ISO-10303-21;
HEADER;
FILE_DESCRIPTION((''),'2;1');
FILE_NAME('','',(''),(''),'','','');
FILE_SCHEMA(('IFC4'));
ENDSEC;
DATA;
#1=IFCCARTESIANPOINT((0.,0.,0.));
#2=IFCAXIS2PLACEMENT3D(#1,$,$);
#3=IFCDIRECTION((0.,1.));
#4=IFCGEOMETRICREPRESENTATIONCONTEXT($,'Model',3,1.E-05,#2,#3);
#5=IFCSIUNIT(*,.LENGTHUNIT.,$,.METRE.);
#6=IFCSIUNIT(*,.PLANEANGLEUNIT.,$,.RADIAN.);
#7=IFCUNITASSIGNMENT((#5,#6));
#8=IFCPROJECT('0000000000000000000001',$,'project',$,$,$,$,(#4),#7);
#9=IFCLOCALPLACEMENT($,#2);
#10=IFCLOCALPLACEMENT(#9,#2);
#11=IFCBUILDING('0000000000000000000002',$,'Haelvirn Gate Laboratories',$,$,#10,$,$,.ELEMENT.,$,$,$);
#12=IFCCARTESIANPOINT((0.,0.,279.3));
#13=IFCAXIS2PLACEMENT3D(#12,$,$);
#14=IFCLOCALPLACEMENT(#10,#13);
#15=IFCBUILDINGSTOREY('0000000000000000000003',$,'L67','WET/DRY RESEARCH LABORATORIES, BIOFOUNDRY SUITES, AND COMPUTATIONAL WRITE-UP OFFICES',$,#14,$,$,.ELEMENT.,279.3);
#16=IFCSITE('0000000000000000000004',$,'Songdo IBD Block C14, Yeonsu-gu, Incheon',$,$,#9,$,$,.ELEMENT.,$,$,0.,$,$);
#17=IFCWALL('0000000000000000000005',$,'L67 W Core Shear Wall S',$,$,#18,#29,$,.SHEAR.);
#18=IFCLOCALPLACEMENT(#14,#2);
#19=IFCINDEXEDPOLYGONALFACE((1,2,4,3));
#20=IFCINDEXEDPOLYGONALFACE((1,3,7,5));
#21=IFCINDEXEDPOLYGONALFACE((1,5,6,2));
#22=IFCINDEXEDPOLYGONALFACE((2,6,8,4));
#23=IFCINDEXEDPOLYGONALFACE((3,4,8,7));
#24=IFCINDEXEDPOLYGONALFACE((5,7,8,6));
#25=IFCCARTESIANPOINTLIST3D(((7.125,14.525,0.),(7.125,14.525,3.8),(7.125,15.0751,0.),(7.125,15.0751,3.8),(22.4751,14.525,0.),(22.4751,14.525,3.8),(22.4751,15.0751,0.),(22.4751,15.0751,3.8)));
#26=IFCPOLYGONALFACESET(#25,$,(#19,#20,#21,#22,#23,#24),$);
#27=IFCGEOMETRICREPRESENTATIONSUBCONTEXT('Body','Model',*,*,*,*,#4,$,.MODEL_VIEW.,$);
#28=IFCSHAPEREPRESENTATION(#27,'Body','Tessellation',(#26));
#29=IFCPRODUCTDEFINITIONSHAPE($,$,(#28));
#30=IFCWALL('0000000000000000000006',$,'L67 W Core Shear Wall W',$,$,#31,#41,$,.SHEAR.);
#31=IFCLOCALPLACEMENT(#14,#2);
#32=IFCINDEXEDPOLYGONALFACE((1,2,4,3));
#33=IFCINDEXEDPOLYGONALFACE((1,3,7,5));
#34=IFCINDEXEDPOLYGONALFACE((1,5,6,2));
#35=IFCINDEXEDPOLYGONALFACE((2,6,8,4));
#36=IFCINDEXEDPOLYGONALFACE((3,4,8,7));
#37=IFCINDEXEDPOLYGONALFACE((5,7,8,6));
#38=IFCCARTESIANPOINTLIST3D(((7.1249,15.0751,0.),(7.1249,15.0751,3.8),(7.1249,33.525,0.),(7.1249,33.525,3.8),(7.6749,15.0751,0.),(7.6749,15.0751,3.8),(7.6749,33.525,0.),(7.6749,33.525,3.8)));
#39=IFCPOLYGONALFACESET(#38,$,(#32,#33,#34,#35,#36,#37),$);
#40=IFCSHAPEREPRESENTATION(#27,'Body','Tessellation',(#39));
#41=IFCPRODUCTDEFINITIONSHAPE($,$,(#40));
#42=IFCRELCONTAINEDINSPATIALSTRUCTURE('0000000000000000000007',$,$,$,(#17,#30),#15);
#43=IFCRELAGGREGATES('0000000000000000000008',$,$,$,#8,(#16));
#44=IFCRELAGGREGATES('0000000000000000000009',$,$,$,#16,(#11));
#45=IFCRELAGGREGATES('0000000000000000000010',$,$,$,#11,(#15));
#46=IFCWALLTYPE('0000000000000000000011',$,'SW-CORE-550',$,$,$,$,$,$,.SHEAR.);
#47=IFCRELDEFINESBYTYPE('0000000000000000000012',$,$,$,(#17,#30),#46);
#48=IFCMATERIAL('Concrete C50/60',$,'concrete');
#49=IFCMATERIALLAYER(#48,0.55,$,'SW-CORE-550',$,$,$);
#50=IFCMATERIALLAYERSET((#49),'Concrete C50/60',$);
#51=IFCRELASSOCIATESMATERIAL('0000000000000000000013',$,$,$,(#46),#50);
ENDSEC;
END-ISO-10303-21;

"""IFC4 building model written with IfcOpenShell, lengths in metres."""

from ifc_helpers import new_model, si_unit, direction, frame, frame_2d, origin, place, context, subcontext, project, spatial, rectangle, extrude, material, layer, layer_set, type_object, element, save


model = new_model("IFC4")

# Units and contexts
model_context = context("Model", 3, precision=1e-05, world=origin(), true_north=direction((0.0, 1.0)))
body_context = subcontext(model_context, "Body", "Model", "MODEL_VIEW")
ifc_project = project(units=[si_unit("LENGTHUNIT", "METRE"), si_unit("PLANEANGLEUNIT", "RADIAN")], contexts=[model_context])

# Site, building, storey
site_placement = place(None, origin())
site = spatial("IfcSite", under=ifc_project, at=site_placement, Name="Songdo IBD Block C14, Yeonsu-gu, Incheon", CompositionType="ELEMENT", RefElevation=0.0)
building_placement = place(site_placement, origin())
building = spatial("IfcBuilding", under=site, at=building_placement, Name="Haelvirn Gate Laboratories", CompositionType="ELEMENT")
storey_placement = place(building_placement, frame((0.0, 0.0, 279.3)))
storey = spatial("IfcBuildingStorey", under=building, at=storey_placement, Name="L67", Description="WET/DRY RESEARCH LABORATORIES, BIOFOUNDRY SUITES, AND COMPUTATIONAL WRITE-UP OFFICES", CompositionType="ELEMENT", Elevation=279.3)

# Shared definitions
ifc_material_1 = material(Name="Concrete C50/60", Category="concrete")

# Walls
ifc_layer_1 = layer(ifc_material_1, 0.55, Name="SW-CORE-550")
ifc_layer_set_1 = layer_set([ifc_layer_1], Name="Concrete C50/60")
wall_type_1 = type_object("IfcWallType", Name="SW-CORE-550", PredefinedType="SHEAR", material=ifc_layer_set_1)
wall_1_placement = place(storey_placement, frame((7.125, 14.8, 0.0), z_axis=(0.0, 0.0, 1.0), x_axis=(1.0, 0.0, 0.0)))
element("IfcWall", 1, at=wall_1_placement, inside=storey, type_object=wall_type_1, Name="L67 W Core Shear Wall S", PredefinedType="SHEAR", context=body_context, shape_type="SweptSolid", body=[
    extrude(rectangle(XDim=15.3501, YDim=0.55, at=frame_2d((7.675, 0.0))), origin(), (0.0, 0.0, 1.0), 3.8),
])
wall_2_placement = place(storey_placement, frame((7.3999, 15.075, 0.0), z_axis=(0.0, 0.0, 1.0), x_axis=(0.0, 1.0, 0.0)))
element("IfcWall", 2, at=wall_2_placement, inside=storey, type_object=wall_type_1, Name="L67 W Core Shear Wall W", PredefinedType="SHEAR", context=body_context, shape_type="SweptSolid", body=[
    extrude(rectangle(XDim=18.45, YDim=0.55, at=frame_2d((9.2251, 0.0))), origin(), (0.0, 0.0, 1.0), 3.8),
])

save(model, "model.ifc")
